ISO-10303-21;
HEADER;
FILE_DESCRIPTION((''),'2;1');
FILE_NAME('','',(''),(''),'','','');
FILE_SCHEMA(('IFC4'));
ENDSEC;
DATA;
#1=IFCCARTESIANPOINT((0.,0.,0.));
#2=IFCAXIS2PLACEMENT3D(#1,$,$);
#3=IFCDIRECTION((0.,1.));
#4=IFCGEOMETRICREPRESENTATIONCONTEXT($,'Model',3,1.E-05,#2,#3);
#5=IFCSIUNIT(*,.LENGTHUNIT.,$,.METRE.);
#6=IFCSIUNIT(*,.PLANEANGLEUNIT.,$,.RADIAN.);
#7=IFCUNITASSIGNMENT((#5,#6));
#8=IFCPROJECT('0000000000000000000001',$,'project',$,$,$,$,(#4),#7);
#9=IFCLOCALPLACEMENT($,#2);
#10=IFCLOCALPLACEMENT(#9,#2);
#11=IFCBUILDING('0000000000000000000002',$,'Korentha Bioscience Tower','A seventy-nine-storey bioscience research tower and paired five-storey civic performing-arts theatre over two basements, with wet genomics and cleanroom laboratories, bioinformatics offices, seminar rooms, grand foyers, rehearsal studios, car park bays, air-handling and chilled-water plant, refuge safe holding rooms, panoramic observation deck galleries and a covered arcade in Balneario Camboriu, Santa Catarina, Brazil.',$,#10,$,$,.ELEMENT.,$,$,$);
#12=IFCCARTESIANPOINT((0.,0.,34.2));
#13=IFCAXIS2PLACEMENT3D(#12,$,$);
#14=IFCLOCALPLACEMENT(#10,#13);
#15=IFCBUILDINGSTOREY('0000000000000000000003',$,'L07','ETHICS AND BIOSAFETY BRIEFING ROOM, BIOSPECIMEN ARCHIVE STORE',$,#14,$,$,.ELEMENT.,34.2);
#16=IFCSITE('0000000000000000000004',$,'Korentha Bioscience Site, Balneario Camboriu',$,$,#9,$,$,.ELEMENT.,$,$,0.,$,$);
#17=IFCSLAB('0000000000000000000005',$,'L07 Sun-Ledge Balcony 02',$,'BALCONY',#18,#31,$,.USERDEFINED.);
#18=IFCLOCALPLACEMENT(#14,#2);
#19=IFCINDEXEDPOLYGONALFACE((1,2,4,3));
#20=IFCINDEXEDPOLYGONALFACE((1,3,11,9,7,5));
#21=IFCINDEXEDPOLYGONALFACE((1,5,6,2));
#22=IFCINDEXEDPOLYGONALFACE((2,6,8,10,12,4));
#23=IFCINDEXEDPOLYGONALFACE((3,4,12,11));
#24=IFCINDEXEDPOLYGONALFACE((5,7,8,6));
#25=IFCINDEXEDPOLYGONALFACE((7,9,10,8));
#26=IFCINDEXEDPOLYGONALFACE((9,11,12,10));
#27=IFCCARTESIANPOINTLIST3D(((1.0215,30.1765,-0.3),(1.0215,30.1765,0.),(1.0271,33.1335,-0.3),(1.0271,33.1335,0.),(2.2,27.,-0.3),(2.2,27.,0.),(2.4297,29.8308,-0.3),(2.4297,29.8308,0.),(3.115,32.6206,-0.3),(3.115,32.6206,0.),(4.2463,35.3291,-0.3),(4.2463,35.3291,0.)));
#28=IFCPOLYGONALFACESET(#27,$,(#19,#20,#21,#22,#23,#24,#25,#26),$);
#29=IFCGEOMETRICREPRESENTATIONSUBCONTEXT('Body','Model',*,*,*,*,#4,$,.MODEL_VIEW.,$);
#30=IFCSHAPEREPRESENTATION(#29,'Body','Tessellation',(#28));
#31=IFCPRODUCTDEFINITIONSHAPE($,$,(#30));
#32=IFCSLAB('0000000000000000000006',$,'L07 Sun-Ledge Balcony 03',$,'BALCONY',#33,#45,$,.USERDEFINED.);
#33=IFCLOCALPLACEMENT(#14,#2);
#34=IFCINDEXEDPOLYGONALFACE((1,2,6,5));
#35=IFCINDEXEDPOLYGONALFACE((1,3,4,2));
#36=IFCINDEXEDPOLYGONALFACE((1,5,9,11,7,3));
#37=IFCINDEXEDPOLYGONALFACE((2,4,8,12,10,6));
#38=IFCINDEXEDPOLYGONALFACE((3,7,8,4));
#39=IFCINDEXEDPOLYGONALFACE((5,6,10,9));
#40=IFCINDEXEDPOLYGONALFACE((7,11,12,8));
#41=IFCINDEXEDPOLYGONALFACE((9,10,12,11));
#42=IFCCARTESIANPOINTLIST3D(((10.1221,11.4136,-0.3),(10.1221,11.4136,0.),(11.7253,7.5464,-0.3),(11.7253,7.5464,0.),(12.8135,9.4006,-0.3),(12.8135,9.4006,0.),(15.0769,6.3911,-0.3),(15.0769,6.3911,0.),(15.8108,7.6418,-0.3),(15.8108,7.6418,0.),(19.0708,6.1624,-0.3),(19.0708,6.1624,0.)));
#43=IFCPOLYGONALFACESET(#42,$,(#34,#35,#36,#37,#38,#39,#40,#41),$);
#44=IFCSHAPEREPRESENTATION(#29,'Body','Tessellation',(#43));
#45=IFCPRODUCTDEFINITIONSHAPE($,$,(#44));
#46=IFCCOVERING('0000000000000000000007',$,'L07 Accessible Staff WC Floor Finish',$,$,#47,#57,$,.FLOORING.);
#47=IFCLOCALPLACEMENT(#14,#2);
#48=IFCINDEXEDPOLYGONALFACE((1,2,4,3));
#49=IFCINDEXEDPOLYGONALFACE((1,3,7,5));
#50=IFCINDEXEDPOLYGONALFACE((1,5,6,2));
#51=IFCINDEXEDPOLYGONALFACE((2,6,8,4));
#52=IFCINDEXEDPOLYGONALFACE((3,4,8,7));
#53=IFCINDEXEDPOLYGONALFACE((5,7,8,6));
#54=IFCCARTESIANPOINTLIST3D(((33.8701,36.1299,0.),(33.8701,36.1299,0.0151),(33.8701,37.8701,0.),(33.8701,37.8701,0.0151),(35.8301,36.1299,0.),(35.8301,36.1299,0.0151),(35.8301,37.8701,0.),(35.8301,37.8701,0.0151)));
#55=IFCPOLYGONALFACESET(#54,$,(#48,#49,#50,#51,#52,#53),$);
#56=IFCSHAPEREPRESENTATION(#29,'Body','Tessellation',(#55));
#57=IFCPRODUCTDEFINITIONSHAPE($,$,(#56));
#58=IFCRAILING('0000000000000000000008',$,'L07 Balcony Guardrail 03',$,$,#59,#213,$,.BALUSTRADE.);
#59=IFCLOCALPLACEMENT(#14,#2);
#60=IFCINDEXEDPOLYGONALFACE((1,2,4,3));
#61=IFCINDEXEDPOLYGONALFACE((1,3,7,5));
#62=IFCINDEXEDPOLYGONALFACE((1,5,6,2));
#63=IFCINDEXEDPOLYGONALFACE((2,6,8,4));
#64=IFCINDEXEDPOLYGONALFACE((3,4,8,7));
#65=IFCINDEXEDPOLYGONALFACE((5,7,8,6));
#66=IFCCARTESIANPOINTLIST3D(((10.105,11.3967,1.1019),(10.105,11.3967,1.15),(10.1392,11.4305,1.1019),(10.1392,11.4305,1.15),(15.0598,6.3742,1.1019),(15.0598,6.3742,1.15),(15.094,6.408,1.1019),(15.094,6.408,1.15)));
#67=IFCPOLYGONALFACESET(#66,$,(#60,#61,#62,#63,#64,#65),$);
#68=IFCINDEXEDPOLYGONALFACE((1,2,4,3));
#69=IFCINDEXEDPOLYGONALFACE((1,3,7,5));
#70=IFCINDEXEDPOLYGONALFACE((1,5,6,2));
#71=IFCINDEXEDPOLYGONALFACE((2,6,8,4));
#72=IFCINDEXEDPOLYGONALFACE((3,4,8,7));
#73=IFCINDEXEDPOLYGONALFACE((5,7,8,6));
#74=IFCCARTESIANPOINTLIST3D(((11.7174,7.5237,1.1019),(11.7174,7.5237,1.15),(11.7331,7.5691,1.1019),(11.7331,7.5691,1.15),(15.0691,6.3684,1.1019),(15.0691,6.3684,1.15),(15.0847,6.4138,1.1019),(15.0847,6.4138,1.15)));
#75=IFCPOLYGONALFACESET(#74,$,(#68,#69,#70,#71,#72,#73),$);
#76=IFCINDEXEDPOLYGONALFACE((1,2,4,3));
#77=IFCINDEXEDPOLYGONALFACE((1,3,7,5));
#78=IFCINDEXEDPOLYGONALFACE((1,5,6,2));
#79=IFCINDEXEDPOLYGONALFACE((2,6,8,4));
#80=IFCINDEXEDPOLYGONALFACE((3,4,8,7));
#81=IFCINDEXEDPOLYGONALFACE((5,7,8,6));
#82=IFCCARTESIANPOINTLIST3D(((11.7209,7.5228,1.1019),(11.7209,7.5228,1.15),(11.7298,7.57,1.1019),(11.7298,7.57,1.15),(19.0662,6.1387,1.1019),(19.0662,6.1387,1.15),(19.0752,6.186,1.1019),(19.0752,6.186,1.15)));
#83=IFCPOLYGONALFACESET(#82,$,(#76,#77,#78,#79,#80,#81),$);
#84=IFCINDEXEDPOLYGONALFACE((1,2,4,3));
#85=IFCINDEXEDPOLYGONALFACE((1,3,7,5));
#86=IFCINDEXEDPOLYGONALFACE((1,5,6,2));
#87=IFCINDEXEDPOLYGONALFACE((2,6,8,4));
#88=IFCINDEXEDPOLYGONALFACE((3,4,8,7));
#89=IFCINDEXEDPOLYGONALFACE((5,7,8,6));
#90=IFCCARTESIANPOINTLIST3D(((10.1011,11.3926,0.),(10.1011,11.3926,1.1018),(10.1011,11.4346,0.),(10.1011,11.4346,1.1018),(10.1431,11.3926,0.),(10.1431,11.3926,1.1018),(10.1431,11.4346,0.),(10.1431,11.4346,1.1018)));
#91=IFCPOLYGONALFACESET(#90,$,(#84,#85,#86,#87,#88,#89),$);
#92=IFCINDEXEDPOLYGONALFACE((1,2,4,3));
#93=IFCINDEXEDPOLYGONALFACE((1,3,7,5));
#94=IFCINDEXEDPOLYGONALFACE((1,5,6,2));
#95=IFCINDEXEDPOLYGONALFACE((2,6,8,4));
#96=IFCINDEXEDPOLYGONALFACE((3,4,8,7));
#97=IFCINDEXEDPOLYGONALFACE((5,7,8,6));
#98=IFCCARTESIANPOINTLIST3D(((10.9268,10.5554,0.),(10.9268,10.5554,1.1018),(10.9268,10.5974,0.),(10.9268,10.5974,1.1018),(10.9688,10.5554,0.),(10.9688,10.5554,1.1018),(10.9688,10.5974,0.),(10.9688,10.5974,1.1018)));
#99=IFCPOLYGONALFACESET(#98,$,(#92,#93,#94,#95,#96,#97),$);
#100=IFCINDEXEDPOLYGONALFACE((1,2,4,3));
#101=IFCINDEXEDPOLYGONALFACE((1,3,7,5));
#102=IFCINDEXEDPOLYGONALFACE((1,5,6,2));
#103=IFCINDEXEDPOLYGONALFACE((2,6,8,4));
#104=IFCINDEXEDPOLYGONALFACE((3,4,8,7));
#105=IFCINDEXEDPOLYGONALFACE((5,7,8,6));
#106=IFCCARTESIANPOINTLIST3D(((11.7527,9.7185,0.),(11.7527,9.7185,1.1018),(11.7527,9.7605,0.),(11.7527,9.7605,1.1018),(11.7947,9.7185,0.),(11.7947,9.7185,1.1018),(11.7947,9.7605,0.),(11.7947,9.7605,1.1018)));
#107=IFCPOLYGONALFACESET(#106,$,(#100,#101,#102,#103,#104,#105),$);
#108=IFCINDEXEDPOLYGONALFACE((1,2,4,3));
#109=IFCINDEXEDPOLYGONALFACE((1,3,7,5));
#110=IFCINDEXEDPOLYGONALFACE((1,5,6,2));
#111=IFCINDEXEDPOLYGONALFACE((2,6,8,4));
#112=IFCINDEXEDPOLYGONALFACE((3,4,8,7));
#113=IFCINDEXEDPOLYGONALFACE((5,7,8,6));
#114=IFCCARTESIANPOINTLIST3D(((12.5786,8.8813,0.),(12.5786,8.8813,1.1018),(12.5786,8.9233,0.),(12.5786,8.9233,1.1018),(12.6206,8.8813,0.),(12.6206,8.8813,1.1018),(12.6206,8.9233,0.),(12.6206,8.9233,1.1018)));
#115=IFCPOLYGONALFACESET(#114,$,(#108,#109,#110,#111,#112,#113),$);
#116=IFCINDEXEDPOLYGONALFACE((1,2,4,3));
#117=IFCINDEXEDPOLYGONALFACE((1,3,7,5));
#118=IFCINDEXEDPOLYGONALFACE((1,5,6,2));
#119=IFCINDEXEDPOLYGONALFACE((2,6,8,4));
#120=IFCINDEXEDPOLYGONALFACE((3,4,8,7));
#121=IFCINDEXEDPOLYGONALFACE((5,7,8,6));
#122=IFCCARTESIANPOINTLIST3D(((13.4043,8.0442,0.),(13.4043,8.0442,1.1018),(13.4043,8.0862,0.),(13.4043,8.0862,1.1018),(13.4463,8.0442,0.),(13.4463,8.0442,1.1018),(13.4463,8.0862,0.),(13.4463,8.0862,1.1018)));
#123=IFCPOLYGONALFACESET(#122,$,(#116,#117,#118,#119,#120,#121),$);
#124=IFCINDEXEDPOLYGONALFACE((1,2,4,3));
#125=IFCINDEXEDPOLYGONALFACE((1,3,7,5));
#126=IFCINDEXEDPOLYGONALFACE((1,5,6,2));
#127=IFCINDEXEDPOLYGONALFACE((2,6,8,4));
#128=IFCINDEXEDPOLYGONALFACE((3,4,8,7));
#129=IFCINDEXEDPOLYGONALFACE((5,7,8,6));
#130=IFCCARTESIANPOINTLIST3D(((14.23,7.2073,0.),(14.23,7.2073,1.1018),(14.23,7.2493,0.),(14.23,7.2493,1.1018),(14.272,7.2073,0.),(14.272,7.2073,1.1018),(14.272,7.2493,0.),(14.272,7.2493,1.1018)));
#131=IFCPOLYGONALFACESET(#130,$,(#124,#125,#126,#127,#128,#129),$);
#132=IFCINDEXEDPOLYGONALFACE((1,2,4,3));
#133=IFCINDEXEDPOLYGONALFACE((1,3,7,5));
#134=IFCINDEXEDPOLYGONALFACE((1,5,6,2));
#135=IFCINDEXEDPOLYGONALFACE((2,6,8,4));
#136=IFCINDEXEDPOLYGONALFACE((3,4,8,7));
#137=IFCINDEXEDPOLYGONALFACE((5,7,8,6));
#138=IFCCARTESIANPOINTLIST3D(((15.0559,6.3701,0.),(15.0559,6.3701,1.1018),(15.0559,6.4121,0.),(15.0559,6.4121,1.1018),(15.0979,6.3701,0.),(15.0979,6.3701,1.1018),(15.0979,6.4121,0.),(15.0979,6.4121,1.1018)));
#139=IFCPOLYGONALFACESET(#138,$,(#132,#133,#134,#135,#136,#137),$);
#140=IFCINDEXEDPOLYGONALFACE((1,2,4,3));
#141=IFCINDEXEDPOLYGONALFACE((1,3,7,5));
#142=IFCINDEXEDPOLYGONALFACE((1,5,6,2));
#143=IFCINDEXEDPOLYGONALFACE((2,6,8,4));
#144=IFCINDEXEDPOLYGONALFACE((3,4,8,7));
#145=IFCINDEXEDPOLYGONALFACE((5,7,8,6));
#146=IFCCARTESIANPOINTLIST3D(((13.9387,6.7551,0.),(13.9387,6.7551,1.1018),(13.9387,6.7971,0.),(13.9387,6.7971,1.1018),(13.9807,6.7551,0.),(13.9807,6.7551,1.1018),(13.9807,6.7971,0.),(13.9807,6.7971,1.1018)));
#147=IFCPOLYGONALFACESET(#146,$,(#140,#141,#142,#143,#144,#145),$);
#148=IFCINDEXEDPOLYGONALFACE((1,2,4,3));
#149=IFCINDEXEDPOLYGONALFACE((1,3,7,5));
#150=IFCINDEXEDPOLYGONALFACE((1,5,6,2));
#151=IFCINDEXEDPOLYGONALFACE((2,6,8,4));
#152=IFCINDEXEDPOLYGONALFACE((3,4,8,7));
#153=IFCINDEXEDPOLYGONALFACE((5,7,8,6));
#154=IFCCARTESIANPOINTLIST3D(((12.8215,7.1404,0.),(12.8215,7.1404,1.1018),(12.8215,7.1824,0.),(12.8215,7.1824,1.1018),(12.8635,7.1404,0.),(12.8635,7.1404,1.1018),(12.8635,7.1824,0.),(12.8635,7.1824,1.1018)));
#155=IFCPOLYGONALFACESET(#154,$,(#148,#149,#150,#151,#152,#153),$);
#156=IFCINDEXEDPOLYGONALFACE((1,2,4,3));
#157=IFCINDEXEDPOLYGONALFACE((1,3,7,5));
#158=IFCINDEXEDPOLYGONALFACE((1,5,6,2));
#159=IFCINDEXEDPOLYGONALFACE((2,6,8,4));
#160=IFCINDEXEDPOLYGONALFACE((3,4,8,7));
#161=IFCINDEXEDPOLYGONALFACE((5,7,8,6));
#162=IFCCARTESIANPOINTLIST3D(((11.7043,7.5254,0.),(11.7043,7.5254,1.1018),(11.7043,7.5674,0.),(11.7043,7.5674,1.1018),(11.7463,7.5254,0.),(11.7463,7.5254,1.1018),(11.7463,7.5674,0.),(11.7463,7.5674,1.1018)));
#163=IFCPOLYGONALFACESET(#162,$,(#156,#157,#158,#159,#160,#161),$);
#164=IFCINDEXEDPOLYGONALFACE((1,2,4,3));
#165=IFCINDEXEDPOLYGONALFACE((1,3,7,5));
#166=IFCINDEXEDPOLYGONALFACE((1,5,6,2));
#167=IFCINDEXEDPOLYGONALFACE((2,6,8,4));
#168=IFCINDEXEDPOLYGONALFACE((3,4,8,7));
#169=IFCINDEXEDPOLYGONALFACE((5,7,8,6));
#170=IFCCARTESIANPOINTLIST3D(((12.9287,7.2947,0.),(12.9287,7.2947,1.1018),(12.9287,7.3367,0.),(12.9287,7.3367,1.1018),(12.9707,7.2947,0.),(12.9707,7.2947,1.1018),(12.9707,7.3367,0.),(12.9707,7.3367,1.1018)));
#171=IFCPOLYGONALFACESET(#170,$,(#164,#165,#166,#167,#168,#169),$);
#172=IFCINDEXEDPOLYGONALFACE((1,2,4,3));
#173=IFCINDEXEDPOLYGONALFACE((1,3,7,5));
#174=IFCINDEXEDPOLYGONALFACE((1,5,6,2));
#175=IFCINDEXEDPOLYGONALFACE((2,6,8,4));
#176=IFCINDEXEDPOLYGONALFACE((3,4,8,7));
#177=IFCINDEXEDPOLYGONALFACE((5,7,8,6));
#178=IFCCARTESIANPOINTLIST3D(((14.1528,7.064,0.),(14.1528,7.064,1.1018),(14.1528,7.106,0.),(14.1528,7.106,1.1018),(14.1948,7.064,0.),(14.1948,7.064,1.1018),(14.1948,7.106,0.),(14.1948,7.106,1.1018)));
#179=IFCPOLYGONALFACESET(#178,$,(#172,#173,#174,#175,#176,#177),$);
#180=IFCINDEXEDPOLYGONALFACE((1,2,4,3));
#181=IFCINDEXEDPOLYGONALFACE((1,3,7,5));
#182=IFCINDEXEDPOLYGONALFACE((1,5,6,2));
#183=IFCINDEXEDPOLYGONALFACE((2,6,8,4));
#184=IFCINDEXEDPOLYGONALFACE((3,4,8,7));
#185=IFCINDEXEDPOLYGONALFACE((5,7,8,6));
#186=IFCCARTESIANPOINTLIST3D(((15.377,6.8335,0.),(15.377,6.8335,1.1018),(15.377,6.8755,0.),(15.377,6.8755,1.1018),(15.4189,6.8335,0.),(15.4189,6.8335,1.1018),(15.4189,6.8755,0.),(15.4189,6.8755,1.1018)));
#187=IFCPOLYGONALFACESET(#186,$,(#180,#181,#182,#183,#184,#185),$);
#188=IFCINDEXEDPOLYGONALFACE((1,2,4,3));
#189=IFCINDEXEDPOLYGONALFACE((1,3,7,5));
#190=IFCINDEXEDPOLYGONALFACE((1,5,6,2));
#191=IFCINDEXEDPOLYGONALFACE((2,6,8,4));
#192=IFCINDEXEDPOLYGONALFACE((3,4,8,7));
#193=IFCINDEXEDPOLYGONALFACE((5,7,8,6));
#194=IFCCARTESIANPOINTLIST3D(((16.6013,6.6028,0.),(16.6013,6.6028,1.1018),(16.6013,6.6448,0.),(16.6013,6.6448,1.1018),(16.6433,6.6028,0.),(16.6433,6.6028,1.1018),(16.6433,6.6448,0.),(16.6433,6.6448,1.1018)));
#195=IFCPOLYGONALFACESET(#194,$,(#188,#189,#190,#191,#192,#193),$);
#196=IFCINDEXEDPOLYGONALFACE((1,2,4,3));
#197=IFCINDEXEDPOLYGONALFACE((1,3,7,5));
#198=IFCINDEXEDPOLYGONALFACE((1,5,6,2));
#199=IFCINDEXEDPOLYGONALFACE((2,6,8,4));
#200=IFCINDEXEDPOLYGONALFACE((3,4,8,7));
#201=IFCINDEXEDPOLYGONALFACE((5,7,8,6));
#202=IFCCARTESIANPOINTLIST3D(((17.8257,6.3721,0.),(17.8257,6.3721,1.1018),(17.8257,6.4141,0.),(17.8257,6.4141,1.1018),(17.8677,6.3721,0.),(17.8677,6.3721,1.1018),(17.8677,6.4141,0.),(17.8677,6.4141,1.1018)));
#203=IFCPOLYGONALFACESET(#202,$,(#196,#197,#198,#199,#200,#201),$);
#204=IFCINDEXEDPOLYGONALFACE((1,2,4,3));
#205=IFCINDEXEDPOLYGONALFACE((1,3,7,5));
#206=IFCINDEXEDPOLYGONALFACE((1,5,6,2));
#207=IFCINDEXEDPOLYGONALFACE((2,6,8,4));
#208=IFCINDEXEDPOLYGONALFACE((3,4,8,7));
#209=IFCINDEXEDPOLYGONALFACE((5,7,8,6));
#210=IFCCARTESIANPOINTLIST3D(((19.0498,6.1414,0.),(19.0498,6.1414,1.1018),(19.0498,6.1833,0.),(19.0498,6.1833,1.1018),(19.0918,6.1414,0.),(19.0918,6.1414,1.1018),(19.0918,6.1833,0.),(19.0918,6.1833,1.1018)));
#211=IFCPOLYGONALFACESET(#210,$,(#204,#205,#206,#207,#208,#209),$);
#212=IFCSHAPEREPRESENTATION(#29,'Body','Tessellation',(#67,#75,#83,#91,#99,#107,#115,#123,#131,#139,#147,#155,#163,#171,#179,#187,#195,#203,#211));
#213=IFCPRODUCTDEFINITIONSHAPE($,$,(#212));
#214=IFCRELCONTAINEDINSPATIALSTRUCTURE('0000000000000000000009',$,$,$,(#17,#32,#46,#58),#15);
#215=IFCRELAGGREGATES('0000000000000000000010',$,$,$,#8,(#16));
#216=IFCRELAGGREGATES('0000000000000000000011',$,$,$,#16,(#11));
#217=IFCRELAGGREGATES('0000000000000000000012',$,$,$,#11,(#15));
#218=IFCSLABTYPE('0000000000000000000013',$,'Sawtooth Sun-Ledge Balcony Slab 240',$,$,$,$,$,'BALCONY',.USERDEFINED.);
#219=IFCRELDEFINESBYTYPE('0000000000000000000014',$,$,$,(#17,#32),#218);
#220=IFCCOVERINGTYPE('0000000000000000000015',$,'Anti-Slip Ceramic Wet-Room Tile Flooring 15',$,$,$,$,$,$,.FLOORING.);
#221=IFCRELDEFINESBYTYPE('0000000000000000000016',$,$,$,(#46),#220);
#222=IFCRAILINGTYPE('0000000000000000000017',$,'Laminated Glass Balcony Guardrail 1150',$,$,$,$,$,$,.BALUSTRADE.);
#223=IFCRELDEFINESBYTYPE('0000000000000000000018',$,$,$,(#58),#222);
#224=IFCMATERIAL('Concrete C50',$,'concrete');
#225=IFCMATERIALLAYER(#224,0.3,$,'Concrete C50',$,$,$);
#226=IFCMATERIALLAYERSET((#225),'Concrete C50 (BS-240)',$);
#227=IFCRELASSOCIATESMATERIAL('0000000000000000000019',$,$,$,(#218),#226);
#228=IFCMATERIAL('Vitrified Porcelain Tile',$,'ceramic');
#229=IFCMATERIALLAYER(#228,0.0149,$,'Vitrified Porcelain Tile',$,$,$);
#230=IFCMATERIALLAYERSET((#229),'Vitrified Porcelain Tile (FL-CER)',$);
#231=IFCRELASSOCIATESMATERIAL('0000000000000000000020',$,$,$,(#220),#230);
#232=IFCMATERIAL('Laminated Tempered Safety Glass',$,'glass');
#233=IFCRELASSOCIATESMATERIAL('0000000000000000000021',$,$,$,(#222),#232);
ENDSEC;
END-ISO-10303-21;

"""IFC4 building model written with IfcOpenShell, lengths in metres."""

from ifc_helpers import new_model, si_unit, direction, frame, origin, origin_2d, place, context, subcontext, project, spatial, polyline, rectangle, outline, extrude, material, layer, layer_set, type_object, element, save


model = new_model("IFC4")

# Units and contexts
model_context = context("Model", 3, precision=1e-05, world=origin(), true_north=direction((0.0, 1.0)))
body_context = subcontext(model_context, "Body", "Model", "MODEL_VIEW")
ifc_project = project(units=[si_unit("LENGTHUNIT", "METRE"), si_unit("PLANEANGLEUNIT", "RADIAN")], contexts=[model_context])

# Site, building, storey
site_placement = place(None, origin())
site = spatial("IfcSite", under=ifc_project, at=site_placement, Name="Korentha Bioscience Site, Balneario Camboriu", CompositionType="ELEMENT", RefElevation=0.0)
building_placement = place(site_placement, origin())
building = spatial("IfcBuilding", under=site, at=building_placement, Name="Korentha Bioscience Tower", Description="A seventy-nine-storey bioscience research tower and paired five-storey civic performing-arts theatre over two basements, with wet genomics and cleanroom laboratories, bioinformatics offices, seminar rooms, grand foyers, rehearsal studios, car park bays, air-handling and chilled-water plant, refuge safe holding rooms, panoramic observation deck galleries and a covered arcade in Balneario Camboriu, Santa Catarina, Brazil.", CompositionType="ELEMENT")
storey_placement = place(building_placement, frame((0.0, 0.0, 34.2)))
storey = spatial("IfcBuildingStorey", under=building, at=storey_placement, Name="L07", Description="ETHICS AND BIOSAFETY BRIEFING ROOM, BIOSPECIMEN ARCHIVE STORE", CompositionType="ELEMENT", Elevation=34.2)

# Shared definitions
ifc_material_1 = material(Name="Concrete C50", Category="concrete")

# Slabs
ifc_layer_1 = layer(ifc_material_1, 0.3, Name="Concrete C50")
ifc_layer_set_1 = layer_set([ifc_layer_1], Name="Concrete C50 (BS-240)")
slab_type_1 = type_object("IfcSlabType", Name="Sawtooth Sun-Ledge Balcony Slab 240", ElementType="BALCONY", PredefinedType="USERDEFINED", material=ifc_layer_set_1)
slab_1_placement = place(storey_placement, frame((0.0, 0.0, -0.3)))
element("IfcSlab", 1, at=slab_1_placement, inside=storey, type_object=slab_type_1, Name="L07 Sun-Ledge Balcony 02", ObjectType="BALCONY", PredefinedType="USERDEFINED", context=body_context, shape_type="SweptSolid", body=[
    extrude(outline(polyline([(2.2, 27.0), (2.4297, 29.8308), (3.115, 32.6206), (4.2463, 35.3291), (1.0271, 33.1335), (1.0215, 30.1765), (2.2, 27.0)])), origin(), (0.0, 0.0, 1.0), 0.3),
])
slab_2_placement = place(storey_placement, frame((0.0, 0.0, -0.3)))
element("IfcSlab", 2, at=slab_2_placement, inside=storey, type_object=slab_type_1, Name="L07 Sun-Ledge Balcony 03", ObjectType="BALCONY", PredefinedType="USERDEFINED", context=body_context, shape_type="SweptSolid", body=[
    extrude(outline(polyline([(19.0708, 6.1624), (15.8108, 7.6418), (12.8135, 9.4006), (10.1221, 11.4136), (11.7253, 7.5464), (15.0769, 6.3911), (19.0708, 6.1624)])), origin(), (0.0, 0.0, 1.0), 0.3),
])

# Covering
ifc_material_2 = material(Name="Vitrified Porcelain Tile", Category="ceramic")
ifc_layer_2 = layer(ifc_material_2, 0.0149, Name="Vitrified Porcelain Tile")
ifc_layer_set_2 = layer_set([ifc_layer_2], Name="Vitrified Porcelain Tile (FL-CER)")
covering_type_1 = type_object("IfcCoveringType", Name="Anti-Slip Ceramic Wet-Room Tile Flooring 15", PredefinedType="FLOORING", material=ifc_layer_set_2)
covering_1_placement = place(storey_placement, origin())
element("IfcCovering", 3, at=covering_1_placement, inside=storey, type_object=covering_type_1, Name="L07 Accessible Staff WC Floor Finish", PredefinedType="FLOORING", context=body_context, shape_type="SweptSolid", body=[
    extrude(outline(polyline([(33.8701, 36.1299), (33.8701, 37.8701), (35.8301, 37.8701), (35.8301, 36.1299), (33.8701, 36.1299)])), origin(), (0.0, 0.0, 1.0), 0.0151),
])

# Railing
ifc_material_3 = material(Name="Laminated Tempered Safety Glass", Category="glass")
railing_type = type_object("IfcRailingType", Name="Laminated Glass Balcony Guardrail 1150", PredefinedType="BALUSTRADE", material=ifc_material_3)
railing_placement = place(storey_placement, frame((10.1221, 11.4136, 0.0)))
element("IfcRailing", 4, at=railing_placement, inside=storey, type_object=railing_type, Name="L07 Balcony Guardrail 03", PredefinedType="BALUSTRADE", context=body_context, shape_type="SweptSolid", body=[
    extrude(rectangle(XDim=0.0481, YDim=0.0481, at=origin_2d()), frame((0.0, 0.0, 1.126), z_axis=(0.702298, -0.711883, 0.0), x_axis=(0.711883, 0.702298, 0.0)), (0.0, 0.0, 1.0), 7.0552),
    extrude(rectangle(XDim=0.0481, YDim=0.0481, at=origin_2d()), frame((4.9548, -5.0225, 1.126), z_axis=(-0.945411, 0.32588, 0.0), x_axis=(-0.32588, -0.945411, 0.0)), (0.0, 0.0, 1.0), 3.5452),
    extrude(rectangle(XDim=0.0481, YDim=0.0481, at=origin_2d()), frame((1.6033, -3.8672, 1.126), z_axis=(0.982708, -0.185162, 0.0), x_axis=(0.185162, 0.982708, 0.0)), (0.0, 0.0, 1.0), 7.4746),
    extrude(rectangle(XDim=0.042, YDim=0.042, at=origin_2d()), origin(), (0.0, 0.0, 1.0), 1.1018),
    extrude(rectangle(XDim=0.042, YDim=0.042, at=origin_2d()), frame((0.8257, -0.8372, 0.0)), (0.0, 0.0, 1.0), 1.1018),
    extrude(rectangle(XDim=0.042, YDim=0.042, at=origin_2d()), frame((1.6516, -1.6741, 0.0)), (0.0, 0.0, 1.0), 1.1018),
    extrude(rectangle(XDim=0.042, YDim=0.042, at=origin_2d()), frame((2.4775, -2.5112, 0.0)), (0.0, 0.0, 1.0), 1.1018),
    extrude(rectangle(XDim=0.042, YDim=0.042, at=origin_2d()), frame((3.3032, -3.3484, 0.0)), (0.0, 0.0, 1.0), 1.1018),
    extrude(rectangle(XDim=0.042, YDim=0.042, at=origin_2d()), frame((4.1289, -4.1853, 0.0)), (0.0, 0.0, 1.0), 1.1018),
    extrude(rectangle(XDim=0.042, YDim=0.042, at=origin_2d()), frame((4.9548, -5.0225, 0.0)), (0.0, 0.0, 1.0), 1.1018),
    extrude(rectangle(XDim=0.042, YDim=0.042, at=origin_2d()), frame((3.8376, -4.6375, 0.0)), (0.0, 0.0, 1.0), 1.1018),
    extrude(rectangle(XDim=0.042, YDim=0.042, at=origin_2d()), frame((2.7205, -4.2522, 0.0)), (0.0, 0.0, 1.0), 1.1018),
    extrude(rectangle(XDim=0.042, YDim=0.042, at=origin_2d()), frame((1.6033, -3.8672, 0.0)), (0.0, 0.0, 1.0), 1.1018),
    extrude(rectangle(XDim=0.042, YDim=0.042, at=origin_2d()), frame((2.8276, -4.0979, 0.0)), (0.0, 0.0, 1.0), 1.1018),
    extrude(rectangle(XDim=0.042, YDim=0.042, at=origin_2d()), frame((4.0518, -4.3286, 0.0)), (0.0, 0.0, 1.0), 1.1018),
    extrude(rectangle(XDim=0.042, YDim=0.042, at=origin_2d()), frame((5.2759, -4.5591, 0.0)), (0.0, 0.0, 1.0), 1.1018),
    extrude(rectangle(XDim=0.042, YDim=0.042, at=origin_2d()), frame((6.5002, -4.7898, 0.0)), (0.0, 0.0, 1.0), 1.1018),
    extrude(rectangle(XDim=0.042, YDim=0.042, at=origin_2d()), frame((7.7246, -5.0205, 0.0)), (0.0, 0.0, 1.0), 1.1018),
    extrude(rectangle(XDim=0.042, YDim=0.042, at=origin_2d()), frame((8.9487, -5.2512, 0.0)), (0.0, 0.0, 1.0), 1.1018),
])

save(model, "model.ifc")
